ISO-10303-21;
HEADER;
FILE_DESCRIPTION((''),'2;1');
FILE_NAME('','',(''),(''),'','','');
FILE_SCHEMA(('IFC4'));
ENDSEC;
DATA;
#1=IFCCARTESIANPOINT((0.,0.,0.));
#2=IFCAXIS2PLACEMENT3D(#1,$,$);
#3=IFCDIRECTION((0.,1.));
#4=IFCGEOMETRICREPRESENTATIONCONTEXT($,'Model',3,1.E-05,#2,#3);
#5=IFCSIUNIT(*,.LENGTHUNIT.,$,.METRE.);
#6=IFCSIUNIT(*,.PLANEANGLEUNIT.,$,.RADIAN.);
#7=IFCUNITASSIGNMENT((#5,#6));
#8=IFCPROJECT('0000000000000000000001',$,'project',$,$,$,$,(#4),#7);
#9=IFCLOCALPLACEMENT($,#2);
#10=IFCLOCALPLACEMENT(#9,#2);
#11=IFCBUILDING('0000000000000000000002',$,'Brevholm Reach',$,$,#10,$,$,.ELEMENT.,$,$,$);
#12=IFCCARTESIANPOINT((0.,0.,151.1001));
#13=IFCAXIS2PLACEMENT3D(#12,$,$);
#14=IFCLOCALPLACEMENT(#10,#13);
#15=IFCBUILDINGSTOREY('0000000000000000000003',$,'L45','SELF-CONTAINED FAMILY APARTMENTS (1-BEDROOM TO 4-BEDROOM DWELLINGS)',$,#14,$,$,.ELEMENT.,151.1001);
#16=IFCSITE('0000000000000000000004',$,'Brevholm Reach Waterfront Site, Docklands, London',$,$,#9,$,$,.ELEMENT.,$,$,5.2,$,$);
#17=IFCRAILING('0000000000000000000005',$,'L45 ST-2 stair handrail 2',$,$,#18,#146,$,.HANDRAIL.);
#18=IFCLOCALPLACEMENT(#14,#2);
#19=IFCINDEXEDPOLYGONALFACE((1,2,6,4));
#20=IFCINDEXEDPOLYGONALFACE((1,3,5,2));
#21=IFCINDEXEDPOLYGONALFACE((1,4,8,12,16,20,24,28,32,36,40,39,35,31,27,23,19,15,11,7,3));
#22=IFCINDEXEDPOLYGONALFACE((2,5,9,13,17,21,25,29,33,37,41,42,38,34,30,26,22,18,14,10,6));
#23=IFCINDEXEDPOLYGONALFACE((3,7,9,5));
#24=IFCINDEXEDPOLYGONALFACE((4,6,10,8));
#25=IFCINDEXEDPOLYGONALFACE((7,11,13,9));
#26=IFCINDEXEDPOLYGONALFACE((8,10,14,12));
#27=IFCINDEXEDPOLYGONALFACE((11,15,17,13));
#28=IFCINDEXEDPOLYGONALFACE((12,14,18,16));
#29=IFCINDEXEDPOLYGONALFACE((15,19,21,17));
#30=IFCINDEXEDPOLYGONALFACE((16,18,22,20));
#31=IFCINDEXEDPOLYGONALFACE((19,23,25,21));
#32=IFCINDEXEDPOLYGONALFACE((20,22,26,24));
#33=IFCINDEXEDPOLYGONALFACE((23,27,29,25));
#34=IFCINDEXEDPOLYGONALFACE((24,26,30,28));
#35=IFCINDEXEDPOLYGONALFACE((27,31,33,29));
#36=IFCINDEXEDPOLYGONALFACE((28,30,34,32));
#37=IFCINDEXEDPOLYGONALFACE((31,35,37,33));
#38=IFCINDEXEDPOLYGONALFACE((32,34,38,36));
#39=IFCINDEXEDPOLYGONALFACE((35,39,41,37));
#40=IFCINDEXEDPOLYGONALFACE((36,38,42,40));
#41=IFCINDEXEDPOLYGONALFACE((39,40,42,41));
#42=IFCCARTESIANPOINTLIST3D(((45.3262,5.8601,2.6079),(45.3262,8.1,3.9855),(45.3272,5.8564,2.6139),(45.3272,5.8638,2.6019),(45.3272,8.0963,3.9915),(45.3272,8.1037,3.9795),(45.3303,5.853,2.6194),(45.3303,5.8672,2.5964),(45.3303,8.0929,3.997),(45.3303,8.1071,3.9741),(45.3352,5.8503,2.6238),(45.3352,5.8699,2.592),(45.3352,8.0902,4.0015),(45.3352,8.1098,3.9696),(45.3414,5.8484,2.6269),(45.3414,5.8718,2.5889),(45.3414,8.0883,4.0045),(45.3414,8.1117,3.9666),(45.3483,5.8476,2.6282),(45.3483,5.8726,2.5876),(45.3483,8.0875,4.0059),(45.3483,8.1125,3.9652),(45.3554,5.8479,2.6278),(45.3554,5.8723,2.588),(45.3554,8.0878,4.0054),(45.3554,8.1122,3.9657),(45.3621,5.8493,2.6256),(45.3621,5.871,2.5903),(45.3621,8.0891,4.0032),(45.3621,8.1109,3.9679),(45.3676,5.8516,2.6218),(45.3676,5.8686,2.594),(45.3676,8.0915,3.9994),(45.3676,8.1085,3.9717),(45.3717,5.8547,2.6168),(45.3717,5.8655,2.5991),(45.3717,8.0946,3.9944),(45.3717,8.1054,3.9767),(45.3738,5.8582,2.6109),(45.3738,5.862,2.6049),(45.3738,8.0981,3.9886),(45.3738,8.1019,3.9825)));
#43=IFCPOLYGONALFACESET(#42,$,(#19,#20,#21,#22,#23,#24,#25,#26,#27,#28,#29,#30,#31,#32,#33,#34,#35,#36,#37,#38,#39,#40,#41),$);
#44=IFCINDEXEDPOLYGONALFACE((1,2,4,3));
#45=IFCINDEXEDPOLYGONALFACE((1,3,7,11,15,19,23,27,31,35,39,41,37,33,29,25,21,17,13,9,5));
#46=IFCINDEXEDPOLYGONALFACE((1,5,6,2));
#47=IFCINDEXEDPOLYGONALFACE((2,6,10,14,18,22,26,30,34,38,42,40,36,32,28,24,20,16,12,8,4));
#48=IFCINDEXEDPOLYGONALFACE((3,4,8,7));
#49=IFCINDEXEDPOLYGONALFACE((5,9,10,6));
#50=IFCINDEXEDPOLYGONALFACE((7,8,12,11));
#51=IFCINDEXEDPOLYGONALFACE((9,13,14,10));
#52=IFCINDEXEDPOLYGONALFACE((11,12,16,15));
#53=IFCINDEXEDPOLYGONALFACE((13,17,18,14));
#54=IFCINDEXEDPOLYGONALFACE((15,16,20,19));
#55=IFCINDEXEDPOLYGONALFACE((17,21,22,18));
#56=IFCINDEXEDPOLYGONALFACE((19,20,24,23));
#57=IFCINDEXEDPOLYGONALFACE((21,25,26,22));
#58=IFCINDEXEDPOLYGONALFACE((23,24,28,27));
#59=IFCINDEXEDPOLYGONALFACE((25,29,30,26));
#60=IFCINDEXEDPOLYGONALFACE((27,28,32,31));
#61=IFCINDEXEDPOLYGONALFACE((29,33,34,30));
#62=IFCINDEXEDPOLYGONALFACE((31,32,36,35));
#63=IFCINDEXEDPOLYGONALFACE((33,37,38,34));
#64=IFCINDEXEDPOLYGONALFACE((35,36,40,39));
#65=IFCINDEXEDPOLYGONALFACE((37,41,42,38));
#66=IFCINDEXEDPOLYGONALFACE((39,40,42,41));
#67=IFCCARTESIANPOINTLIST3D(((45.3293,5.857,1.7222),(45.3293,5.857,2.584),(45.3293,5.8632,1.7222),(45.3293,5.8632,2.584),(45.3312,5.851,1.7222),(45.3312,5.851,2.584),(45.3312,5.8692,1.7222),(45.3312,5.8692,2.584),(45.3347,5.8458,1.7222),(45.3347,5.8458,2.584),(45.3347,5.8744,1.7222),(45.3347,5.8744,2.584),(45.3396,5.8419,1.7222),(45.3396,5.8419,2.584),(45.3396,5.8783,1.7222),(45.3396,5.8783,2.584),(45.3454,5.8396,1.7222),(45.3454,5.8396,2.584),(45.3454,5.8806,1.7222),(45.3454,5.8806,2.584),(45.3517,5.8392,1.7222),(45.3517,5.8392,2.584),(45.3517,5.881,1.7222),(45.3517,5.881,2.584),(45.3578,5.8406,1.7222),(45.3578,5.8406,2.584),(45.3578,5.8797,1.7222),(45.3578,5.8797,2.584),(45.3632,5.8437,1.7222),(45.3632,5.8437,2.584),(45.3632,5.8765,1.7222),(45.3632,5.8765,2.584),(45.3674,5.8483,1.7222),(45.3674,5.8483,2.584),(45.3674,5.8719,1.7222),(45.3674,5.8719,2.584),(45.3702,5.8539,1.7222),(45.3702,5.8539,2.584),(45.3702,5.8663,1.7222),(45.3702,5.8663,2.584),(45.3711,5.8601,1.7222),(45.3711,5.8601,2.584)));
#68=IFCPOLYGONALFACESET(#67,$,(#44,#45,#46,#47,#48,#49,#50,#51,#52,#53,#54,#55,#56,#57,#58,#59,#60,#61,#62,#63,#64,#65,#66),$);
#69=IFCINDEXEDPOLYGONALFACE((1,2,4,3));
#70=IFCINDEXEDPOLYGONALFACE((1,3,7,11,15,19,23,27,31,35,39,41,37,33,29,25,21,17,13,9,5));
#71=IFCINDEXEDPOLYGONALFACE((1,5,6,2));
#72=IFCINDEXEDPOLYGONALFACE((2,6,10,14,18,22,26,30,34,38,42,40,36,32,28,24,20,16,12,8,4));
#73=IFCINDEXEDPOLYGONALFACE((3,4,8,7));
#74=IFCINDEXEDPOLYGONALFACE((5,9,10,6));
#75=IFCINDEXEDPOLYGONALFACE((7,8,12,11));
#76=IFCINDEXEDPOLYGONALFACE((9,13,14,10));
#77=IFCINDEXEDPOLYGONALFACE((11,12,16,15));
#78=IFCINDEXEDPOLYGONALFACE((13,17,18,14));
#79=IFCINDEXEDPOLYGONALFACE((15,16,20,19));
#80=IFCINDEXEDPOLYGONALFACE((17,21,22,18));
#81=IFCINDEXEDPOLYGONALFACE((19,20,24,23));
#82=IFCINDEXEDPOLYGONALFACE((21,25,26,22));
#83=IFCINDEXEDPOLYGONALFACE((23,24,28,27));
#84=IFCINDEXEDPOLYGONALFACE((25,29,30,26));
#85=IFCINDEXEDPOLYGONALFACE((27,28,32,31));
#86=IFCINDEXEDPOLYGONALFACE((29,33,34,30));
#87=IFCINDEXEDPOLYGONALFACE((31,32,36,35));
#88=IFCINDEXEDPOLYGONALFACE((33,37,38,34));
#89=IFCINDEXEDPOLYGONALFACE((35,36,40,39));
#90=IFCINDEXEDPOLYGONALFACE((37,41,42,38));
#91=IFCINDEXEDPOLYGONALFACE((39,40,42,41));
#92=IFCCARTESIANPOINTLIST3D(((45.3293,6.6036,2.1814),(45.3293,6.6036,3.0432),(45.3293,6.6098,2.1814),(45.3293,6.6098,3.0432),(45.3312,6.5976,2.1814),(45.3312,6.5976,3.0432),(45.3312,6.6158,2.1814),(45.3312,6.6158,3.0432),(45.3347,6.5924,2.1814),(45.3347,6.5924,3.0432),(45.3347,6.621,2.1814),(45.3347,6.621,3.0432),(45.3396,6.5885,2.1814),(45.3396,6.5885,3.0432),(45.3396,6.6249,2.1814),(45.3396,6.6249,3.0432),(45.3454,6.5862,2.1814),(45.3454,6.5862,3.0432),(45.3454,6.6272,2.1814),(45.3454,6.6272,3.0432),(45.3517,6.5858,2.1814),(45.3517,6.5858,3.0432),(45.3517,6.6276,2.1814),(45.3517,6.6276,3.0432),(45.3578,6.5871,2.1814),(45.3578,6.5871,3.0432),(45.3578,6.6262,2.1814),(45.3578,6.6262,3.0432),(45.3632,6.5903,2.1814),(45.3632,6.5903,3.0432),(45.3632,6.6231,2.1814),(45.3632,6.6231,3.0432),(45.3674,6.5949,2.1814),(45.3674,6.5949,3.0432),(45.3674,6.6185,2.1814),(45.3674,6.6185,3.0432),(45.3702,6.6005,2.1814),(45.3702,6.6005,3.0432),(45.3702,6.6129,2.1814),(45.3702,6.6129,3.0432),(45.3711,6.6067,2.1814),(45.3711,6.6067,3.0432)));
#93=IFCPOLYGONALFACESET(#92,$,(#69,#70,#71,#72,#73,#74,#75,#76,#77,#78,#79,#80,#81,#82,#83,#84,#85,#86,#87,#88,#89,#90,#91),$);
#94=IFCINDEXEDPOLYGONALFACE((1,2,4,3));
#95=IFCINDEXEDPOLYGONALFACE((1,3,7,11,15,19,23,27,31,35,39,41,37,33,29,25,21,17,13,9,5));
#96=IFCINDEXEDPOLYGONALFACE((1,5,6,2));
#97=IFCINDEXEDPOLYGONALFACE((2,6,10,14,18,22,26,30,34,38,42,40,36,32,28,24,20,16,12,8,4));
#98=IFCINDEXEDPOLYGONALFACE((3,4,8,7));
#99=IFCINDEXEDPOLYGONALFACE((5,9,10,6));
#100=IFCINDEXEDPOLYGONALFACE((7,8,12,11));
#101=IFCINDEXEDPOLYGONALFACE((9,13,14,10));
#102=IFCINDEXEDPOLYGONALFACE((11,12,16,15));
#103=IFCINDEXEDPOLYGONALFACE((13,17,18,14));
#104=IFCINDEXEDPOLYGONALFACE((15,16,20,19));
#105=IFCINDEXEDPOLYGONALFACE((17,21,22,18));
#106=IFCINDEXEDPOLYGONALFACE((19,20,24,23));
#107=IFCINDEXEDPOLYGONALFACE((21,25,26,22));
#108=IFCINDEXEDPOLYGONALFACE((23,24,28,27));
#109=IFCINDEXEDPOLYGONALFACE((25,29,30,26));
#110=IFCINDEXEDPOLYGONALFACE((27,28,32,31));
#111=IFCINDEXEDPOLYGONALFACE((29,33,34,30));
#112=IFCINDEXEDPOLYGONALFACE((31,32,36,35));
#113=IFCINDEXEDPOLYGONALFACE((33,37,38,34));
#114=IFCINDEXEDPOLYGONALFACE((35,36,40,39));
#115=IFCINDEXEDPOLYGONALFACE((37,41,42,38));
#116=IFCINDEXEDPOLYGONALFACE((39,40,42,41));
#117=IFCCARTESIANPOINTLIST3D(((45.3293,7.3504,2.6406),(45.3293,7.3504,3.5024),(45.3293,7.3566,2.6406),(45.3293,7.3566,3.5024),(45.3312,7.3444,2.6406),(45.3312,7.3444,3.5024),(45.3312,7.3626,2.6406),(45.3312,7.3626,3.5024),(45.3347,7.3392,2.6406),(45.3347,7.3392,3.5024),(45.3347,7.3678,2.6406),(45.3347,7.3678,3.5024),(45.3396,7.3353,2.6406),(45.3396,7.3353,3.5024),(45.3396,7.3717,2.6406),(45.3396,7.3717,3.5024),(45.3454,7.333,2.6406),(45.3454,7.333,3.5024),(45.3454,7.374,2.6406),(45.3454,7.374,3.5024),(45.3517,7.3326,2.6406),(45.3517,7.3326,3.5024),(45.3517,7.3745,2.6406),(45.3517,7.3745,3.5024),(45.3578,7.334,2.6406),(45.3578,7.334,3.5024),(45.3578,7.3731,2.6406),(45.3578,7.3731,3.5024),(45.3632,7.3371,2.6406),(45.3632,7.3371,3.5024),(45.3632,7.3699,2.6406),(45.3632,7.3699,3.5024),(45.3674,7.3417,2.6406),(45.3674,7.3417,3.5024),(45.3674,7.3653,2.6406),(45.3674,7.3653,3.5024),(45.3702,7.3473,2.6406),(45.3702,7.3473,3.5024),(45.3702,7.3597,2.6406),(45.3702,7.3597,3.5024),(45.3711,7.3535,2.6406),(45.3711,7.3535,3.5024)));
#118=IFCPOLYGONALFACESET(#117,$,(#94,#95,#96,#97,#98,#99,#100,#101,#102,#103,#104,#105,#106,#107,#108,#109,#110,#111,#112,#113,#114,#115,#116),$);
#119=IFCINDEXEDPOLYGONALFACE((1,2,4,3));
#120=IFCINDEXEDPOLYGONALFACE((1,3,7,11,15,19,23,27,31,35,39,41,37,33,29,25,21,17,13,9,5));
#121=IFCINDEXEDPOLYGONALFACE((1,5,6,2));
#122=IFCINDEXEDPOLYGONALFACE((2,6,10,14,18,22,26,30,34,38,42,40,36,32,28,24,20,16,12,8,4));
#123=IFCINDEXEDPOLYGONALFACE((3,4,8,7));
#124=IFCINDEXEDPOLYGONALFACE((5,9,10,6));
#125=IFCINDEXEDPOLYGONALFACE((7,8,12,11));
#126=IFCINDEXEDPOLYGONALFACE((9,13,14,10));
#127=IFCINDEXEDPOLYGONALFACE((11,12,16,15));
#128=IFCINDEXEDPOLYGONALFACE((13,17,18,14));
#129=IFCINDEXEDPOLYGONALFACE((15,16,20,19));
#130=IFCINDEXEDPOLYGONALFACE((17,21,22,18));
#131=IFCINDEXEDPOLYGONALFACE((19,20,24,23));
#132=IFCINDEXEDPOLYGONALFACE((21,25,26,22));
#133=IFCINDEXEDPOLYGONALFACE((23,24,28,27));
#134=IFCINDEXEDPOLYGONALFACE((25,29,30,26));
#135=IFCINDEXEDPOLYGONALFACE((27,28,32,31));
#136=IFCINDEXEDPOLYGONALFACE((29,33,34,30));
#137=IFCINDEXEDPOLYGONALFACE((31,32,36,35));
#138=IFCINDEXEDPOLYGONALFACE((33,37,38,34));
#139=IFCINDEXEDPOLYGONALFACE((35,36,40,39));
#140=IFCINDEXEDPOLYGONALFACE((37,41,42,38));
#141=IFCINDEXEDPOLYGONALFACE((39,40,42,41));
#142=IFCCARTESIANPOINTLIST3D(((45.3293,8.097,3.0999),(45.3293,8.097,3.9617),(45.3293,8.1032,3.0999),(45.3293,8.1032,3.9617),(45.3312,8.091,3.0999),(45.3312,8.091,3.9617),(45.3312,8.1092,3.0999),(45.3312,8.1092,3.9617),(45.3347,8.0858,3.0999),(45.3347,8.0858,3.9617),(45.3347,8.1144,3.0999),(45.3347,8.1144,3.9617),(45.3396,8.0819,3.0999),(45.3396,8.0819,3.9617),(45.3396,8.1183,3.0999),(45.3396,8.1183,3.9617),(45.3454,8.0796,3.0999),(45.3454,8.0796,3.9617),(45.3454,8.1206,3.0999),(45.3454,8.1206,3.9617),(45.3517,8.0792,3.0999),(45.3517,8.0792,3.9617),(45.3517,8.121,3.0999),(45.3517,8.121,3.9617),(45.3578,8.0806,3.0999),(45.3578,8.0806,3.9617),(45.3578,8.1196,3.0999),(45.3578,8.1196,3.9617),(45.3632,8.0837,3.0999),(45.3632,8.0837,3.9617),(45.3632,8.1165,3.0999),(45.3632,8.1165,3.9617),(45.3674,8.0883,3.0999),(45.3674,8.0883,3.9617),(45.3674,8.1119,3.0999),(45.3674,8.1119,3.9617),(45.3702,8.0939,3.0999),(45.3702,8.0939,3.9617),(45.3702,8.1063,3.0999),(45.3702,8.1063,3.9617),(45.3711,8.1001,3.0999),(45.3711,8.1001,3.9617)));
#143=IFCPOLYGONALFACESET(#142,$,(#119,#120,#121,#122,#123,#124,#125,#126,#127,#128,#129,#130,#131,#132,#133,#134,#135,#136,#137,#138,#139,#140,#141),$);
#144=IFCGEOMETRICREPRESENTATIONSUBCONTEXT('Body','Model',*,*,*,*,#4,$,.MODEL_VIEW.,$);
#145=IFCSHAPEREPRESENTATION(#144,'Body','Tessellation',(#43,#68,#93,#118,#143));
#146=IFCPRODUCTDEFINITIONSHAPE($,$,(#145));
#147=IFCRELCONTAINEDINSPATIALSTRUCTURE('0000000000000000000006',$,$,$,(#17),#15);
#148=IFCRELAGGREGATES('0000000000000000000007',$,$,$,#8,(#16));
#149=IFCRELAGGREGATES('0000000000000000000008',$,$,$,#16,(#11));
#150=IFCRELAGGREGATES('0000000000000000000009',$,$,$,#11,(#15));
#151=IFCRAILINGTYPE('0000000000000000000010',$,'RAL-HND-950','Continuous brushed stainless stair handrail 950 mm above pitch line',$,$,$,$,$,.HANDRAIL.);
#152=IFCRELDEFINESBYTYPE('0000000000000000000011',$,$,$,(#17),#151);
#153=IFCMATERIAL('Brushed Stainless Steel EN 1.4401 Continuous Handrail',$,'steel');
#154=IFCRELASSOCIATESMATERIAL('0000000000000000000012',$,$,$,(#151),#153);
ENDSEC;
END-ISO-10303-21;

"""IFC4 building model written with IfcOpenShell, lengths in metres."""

from ifc_helpers import new_model, si_unit, direction, frame, origin, origin_2d, place, context, subcontext, project, spatial, circle, extrude, material, type_object, element, save


model = new_model("IFC4")

# Units and contexts
model_context = context("Model", 3, precision=1e-05, world=origin(), true_north=direction((0.0, 1.0)))
body_context = subcontext(model_context, "Body", "Model", "MODEL_VIEW")
ifc_project = project(units=[si_unit("LENGTHUNIT", "METRE"), si_unit("PLANEANGLEUNIT", "RADIAN")], contexts=[model_context])

# Site, building, storey
site_placement = place(None, origin())
site = spatial("IfcSite", under=ifc_project, at=site_placement, Name="Brevholm Reach Waterfront Site, Docklands, London", CompositionType="ELEMENT", RefElevation=5.2)
building_placement = place(site_placement, origin())
building = spatial("IfcBuilding", under=site, at=building_placement, Name="Brevholm Reach", CompositionType="ELEMENT")
storey_placement = place(building_placement, frame((0.0, 0.0, 151.1001)))
storey = spatial("IfcBuildingStorey", under=building, at=storey_placement, Name="L45", Description="SELF-CONTAINED FAMILY APARTMENTS (1-BEDROOM TO 4-BEDROOM DWELLINGS)", CompositionType="ELEMENT", Elevation=151.1001)

# Railing
ifc_material_1 = material(Name="Brushed Stainless Steel EN 1.4401 Continuous Handrail", Category="steel")
railing_type = type_object("IfcRailingType", Name="RAL-HND-950", Description="Continuous brushed stainless stair handrail 950 mm above pitch line", PredefinedType="HANDRAIL", material=ifc_material_1)
railing_placement = place(storey_placement, frame((45.3501, 5.8601, 1.7222)))
element("IfcRailing", 1, at=railing_placement, inside=storey, type_object=railing_type, Name="L45 ST-2 stair handrail 2", PredefinedType="HANDRAIL", context=body_context, shape_type="SweptSolid", body=[
    extrude(circle(Radius=0.0239, at=origin_2d()), frame((0.0, 0.0, 0.8857), z_axis=(0.0, 0.851789, 0.523885), x_axis=(-1.0, 0.0, 0.0)), (0.0, 0.0, 1.0), 2.6296),
    extrude(circle(Radius=0.021, at=origin_2d()), origin(), (0.0, 0.0, 1.0), 0.8618),
    extrude(circle(Radius=0.021, at=origin_2d()), frame((0.0, 0.7466, 0.4592)), (0.0, 0.0, 1.0), 0.8618),
    extrude(circle(Radius=0.021, at=origin_2d()), frame((0.0, 1.4934, 0.9185)), (0.0, 0.0, 1.0), 0.8618),
    extrude(circle(Radius=0.021, at=origin_2d()), frame((0.0, 2.24, 1.3777)), (0.0, 0.0, 1.0), 0.8618),
])

save(model, "model.ifc")
